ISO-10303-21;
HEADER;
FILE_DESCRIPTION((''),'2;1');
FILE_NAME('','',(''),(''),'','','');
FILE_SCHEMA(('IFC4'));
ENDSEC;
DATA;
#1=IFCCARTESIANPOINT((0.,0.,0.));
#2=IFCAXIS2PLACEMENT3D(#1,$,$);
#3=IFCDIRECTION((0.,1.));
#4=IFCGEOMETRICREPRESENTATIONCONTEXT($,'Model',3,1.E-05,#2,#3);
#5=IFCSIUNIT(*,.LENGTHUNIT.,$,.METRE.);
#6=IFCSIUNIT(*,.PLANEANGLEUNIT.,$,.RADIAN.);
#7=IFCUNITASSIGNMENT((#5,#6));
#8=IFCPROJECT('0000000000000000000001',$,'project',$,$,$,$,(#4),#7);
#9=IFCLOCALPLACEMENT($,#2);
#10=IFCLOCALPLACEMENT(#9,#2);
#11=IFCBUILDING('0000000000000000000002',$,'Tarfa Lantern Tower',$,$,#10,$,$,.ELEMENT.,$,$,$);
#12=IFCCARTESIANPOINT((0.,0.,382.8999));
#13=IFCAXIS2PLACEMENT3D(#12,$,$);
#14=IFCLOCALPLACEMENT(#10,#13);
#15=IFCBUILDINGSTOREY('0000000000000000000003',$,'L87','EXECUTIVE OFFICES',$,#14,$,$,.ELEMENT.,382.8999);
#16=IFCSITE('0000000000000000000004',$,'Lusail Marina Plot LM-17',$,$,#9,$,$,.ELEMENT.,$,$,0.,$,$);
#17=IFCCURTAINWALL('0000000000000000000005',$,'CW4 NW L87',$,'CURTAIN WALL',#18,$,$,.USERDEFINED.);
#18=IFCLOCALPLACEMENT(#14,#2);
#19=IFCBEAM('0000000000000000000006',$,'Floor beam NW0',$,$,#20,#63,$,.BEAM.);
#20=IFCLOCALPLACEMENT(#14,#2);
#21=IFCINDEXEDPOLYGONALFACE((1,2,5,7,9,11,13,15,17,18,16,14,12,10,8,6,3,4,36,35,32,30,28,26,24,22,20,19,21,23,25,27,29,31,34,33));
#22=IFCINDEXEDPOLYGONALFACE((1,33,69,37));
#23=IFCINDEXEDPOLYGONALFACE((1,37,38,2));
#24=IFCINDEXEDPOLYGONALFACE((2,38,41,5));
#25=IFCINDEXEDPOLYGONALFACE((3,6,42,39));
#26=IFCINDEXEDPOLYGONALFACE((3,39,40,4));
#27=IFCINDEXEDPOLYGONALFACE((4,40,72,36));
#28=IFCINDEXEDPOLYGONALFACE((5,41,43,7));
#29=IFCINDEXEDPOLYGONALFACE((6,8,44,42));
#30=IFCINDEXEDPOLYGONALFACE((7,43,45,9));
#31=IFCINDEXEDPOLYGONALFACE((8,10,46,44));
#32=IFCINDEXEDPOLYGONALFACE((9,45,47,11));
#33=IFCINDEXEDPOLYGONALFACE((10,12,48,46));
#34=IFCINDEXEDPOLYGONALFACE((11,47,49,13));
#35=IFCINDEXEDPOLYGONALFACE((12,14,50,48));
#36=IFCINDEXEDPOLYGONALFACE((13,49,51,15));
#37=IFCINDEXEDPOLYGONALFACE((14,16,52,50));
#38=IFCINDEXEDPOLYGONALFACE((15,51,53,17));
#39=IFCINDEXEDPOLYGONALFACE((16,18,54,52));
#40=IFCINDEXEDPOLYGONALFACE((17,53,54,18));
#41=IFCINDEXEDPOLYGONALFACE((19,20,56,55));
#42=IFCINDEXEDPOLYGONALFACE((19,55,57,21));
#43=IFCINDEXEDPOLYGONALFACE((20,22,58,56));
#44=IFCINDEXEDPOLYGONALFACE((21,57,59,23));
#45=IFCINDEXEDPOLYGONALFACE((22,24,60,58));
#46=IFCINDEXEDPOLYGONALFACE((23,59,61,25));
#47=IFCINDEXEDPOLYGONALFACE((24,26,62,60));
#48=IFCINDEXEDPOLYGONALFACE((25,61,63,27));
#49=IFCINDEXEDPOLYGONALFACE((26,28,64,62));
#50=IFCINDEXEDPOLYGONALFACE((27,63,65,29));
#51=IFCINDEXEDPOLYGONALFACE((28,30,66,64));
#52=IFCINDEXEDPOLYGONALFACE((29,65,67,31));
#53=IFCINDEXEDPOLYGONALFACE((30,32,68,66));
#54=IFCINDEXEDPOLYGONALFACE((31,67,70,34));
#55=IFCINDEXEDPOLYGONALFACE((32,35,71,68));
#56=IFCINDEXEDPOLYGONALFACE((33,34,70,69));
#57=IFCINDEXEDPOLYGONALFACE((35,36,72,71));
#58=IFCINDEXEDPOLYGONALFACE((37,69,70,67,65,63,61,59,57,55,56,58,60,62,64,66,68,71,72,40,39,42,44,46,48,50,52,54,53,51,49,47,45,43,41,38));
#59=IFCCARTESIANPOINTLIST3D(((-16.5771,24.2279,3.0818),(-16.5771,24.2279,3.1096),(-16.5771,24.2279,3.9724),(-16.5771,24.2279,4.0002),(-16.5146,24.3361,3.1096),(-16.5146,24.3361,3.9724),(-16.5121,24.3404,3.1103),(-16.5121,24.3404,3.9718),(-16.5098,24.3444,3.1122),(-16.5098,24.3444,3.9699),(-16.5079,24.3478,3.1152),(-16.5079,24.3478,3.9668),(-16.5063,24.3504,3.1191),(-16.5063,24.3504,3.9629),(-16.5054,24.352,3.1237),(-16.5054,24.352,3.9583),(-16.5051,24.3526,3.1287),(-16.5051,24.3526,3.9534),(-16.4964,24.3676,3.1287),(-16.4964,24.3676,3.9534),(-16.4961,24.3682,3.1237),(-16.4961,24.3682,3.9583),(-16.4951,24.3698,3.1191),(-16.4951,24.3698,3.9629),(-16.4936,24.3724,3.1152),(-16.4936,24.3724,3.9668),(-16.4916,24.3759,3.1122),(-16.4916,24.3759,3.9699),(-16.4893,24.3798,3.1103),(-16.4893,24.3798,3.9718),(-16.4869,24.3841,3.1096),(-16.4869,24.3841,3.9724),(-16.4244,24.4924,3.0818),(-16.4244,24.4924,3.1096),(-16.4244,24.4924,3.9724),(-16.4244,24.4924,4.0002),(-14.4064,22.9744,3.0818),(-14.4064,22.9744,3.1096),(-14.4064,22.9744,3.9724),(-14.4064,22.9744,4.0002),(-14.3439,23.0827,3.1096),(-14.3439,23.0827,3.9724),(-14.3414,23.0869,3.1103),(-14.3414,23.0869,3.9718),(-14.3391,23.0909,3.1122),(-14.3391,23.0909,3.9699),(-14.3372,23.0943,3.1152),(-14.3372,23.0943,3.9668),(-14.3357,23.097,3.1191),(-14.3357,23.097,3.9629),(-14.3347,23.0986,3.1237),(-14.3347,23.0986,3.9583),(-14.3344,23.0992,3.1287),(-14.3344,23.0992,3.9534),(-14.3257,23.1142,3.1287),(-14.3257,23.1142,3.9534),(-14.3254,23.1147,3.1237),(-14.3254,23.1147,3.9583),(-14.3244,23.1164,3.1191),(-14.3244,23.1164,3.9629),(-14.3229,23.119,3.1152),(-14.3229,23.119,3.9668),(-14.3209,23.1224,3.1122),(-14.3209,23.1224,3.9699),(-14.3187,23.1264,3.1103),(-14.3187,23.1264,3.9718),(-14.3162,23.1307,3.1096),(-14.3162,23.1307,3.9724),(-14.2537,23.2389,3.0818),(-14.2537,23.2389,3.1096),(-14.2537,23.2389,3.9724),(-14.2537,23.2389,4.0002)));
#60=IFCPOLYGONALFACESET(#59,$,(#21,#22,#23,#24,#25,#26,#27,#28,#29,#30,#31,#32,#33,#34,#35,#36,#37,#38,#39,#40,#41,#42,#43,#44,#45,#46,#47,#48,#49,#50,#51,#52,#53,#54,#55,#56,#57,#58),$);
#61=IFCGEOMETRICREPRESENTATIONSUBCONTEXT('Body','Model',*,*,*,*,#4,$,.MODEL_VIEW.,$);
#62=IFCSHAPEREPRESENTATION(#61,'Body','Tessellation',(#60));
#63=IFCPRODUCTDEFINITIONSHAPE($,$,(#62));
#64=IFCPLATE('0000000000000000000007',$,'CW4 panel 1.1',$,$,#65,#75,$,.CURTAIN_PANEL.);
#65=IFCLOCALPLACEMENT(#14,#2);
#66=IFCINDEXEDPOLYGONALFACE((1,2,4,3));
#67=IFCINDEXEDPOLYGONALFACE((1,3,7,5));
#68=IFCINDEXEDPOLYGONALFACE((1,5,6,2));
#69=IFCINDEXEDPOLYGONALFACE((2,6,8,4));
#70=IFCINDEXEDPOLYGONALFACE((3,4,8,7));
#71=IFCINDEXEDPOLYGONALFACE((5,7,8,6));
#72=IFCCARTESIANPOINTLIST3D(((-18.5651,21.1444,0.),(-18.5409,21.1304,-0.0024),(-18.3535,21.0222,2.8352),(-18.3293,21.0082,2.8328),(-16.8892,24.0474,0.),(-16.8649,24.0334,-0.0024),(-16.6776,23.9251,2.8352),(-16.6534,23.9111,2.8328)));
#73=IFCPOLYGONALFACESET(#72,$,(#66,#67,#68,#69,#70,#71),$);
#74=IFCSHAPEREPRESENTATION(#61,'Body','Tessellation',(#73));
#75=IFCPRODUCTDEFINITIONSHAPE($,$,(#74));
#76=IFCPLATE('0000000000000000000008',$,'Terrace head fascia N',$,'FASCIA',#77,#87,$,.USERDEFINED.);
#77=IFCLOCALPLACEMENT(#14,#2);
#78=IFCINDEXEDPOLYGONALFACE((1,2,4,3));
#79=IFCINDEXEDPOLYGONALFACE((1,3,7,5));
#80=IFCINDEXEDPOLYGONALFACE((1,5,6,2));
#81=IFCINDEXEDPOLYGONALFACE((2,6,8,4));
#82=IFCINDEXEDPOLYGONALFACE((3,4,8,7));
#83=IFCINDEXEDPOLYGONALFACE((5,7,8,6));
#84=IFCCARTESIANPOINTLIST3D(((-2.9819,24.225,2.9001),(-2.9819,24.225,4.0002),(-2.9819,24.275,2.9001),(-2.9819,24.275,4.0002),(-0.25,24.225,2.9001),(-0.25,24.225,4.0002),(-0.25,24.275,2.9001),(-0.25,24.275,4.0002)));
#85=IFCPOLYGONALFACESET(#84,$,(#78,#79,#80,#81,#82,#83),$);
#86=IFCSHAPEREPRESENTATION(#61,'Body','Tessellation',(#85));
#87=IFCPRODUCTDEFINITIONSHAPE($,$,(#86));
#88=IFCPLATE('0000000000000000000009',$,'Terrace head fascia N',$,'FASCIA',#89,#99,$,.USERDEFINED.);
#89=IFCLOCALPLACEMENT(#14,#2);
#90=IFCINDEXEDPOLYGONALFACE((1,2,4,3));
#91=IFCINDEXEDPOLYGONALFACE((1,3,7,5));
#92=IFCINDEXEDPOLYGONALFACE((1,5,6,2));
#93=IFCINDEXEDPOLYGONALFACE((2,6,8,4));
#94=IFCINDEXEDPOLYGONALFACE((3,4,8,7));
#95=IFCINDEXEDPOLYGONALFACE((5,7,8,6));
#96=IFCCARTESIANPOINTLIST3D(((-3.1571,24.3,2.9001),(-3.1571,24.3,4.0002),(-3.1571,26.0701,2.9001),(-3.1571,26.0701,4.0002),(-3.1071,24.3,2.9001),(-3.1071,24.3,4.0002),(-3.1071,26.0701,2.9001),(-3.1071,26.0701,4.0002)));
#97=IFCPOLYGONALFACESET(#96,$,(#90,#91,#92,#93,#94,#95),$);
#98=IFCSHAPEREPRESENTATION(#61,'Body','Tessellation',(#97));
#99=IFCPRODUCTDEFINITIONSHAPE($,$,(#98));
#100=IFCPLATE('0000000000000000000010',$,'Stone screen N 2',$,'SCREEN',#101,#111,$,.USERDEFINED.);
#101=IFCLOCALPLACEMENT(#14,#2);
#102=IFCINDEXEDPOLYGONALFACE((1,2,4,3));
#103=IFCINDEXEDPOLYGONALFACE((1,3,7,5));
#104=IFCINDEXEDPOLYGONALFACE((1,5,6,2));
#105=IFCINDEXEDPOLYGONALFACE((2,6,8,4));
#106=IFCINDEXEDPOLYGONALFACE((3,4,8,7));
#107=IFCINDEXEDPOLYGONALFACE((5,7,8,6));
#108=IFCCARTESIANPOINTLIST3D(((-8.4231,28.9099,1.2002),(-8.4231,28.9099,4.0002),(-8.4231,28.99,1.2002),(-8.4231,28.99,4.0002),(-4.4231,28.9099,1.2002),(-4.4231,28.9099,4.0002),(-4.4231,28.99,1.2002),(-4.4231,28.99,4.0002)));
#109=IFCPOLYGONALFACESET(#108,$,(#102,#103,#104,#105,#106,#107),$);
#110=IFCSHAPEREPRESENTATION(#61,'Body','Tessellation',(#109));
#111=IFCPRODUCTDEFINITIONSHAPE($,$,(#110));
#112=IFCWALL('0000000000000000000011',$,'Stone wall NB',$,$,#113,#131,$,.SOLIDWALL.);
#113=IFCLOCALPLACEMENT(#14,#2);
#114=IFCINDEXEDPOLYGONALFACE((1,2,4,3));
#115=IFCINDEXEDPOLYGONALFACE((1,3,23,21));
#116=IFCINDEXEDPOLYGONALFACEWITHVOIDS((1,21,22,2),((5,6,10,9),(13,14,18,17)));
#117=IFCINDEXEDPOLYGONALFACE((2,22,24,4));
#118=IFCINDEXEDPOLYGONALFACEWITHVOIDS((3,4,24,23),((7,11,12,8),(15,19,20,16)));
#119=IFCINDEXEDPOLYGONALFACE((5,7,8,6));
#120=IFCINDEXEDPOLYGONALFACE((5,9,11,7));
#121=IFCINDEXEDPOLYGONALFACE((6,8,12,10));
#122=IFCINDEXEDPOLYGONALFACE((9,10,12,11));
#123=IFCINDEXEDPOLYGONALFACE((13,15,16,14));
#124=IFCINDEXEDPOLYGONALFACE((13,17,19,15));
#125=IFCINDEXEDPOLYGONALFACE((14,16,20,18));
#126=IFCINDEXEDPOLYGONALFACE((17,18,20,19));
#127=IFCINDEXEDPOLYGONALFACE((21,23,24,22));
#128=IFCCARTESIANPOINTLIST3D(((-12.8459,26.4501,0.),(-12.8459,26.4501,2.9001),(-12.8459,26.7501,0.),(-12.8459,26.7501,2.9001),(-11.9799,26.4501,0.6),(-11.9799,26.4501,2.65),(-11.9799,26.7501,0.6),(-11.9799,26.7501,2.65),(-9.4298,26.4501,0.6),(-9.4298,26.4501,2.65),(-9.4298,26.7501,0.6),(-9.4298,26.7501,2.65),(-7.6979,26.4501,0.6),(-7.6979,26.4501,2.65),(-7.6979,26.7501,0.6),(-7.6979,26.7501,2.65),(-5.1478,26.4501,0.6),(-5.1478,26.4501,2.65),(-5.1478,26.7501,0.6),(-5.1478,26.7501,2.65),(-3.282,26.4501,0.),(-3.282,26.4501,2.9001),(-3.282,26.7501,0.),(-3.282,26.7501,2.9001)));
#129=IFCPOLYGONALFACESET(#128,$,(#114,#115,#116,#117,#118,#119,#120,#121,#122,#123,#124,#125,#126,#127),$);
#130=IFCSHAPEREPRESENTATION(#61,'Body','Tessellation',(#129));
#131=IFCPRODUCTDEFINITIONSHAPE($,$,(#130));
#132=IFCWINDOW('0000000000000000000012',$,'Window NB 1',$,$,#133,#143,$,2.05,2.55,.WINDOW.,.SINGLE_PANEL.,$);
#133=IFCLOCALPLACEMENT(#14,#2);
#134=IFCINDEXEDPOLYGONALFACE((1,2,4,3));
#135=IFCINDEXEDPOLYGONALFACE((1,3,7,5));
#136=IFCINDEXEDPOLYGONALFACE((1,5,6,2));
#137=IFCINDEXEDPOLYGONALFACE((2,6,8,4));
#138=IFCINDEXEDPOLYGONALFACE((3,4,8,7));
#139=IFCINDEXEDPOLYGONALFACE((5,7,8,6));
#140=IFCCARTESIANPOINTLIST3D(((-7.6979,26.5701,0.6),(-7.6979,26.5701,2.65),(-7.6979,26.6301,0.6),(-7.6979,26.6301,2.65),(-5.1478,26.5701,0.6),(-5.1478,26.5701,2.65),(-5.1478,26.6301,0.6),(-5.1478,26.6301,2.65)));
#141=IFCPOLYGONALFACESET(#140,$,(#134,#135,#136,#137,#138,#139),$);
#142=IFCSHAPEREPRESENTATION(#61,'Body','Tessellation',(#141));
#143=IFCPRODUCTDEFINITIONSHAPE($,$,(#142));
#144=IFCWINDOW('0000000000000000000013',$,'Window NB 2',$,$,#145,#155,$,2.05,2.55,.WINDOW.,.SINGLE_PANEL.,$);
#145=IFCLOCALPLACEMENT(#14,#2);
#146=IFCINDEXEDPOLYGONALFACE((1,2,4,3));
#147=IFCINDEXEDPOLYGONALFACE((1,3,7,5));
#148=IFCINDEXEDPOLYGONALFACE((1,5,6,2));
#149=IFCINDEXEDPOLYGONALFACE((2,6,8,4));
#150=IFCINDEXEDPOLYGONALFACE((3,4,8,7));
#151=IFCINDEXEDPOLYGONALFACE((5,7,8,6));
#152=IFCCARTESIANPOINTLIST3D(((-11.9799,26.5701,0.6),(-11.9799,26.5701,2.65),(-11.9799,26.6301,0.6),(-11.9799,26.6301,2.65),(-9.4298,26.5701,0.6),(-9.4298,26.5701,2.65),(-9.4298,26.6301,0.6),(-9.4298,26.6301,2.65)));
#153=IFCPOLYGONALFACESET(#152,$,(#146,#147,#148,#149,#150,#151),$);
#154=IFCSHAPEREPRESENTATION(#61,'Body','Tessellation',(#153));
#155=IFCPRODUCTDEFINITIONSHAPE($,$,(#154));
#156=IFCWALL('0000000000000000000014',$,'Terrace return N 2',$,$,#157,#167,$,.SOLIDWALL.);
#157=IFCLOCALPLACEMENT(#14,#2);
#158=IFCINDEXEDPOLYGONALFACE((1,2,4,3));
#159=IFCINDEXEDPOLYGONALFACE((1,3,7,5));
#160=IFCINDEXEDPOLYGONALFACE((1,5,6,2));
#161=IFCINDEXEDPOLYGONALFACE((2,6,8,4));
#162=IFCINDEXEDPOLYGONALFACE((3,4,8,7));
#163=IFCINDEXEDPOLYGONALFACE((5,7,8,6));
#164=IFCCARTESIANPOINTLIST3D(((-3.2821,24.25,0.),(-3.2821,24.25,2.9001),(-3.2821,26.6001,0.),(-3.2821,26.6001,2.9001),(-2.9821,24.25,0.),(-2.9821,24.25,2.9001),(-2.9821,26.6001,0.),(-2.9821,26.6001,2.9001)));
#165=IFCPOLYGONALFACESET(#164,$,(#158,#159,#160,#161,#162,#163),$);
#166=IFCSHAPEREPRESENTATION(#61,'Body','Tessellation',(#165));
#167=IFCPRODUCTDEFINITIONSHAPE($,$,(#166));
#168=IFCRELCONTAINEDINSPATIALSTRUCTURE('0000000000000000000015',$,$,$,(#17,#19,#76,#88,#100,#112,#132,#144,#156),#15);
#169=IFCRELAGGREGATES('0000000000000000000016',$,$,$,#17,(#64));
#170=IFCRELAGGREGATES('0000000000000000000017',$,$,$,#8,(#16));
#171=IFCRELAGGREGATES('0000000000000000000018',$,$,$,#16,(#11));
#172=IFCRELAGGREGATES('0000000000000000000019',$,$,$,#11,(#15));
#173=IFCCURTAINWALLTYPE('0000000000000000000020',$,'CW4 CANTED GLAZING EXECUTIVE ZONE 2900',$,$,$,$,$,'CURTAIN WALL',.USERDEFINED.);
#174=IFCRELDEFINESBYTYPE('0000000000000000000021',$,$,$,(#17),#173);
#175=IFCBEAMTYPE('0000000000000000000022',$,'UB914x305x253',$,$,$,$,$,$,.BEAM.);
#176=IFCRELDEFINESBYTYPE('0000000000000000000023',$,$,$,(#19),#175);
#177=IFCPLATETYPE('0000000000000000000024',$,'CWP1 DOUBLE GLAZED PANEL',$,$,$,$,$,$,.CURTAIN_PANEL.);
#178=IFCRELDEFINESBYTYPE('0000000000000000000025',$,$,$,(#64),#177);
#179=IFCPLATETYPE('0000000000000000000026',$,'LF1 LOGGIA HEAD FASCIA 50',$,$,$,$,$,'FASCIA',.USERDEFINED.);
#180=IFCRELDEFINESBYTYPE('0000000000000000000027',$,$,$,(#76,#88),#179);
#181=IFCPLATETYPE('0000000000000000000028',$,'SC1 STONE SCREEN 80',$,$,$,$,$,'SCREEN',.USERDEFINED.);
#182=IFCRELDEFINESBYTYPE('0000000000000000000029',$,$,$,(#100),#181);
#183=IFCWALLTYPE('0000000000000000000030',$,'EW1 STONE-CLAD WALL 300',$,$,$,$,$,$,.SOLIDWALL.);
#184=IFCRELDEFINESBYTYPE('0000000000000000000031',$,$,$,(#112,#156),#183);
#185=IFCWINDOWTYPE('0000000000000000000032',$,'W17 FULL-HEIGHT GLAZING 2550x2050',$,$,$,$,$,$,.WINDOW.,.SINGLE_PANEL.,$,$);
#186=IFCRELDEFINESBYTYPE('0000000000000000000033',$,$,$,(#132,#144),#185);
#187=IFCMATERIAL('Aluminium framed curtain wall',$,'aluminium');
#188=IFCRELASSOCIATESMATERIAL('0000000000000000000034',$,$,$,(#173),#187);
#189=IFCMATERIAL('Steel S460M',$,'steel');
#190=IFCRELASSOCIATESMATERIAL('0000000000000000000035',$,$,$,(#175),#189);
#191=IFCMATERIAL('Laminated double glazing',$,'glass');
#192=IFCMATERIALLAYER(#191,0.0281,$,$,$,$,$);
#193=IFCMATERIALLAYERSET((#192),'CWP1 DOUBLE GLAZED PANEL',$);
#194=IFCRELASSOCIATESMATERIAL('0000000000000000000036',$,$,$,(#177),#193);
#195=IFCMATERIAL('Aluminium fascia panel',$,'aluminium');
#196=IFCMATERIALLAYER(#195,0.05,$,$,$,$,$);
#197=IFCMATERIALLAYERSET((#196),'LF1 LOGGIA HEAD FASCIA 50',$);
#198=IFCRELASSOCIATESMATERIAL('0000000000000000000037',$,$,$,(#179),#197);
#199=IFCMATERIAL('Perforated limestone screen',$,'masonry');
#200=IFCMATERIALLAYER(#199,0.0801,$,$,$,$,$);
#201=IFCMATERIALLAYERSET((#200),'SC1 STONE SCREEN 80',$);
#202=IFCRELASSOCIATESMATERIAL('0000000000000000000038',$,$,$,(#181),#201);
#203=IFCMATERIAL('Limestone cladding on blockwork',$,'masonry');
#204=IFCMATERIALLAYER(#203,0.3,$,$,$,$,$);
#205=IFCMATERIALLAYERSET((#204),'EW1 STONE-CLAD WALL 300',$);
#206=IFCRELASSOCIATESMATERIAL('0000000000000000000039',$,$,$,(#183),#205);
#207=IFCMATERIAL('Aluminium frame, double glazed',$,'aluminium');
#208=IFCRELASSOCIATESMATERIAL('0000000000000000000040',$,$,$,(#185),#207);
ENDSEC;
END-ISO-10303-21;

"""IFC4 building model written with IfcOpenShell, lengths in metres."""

from ifc_helpers import new_model, si_unit, direction, frame, frame_2d, origin, origin_2d, place, context, subcontext, project, spatial, polyline, rectangle, i_section, outline, extrude, material, layer, layer_set, material_profile, profile_set, type_object, element, fill, aggregate, save


model = new_model("IFC4")

# Units and contexts
model_context = context("Model", 3, precision=1e-05, world=origin(), true_north=direction((0.0, 1.0)))
body_context = subcontext(model_context, "Body", "Model", "MODEL_VIEW")
ifc_project = project(units=[si_unit("LENGTHUNIT", "METRE"), si_unit("PLANEANGLEUNIT", "RADIAN")], contexts=[model_context])

# Site, building, storey
site_placement = place(None, origin())
site = spatial("IfcSite", under=ifc_project, at=site_placement, Name="Lusail Marina Plot LM-17", CompositionType="ELEMENT", RefElevation=0.0)
building_placement = place(site_placement, origin())
building = spatial("IfcBuilding", under=site, at=building_placement, Name="Tarfa Lantern Tower", CompositionType="ELEMENT")
storey_placement = place(building_placement, frame((0.0, 0.0, 382.8999)))
storey = spatial("IfcBuildingStorey", under=building, at=storey_placement, Name="L87", Description="EXECUTIVE OFFICES", CompositionType="ELEMENT", Elevation=382.8999)

# Curtain wall
ifc_material_1 = material(Name="Aluminium framed curtain wall", Category="aluminium")
curtain_wall_type = type_object("IfcCurtainWallType", Name="CW4 CANTED GLAZING EXECUTIVE ZONE 2900", ElementType="CURTAIN WALL", PredefinedType="USERDEFINED", material=ifc_material_1)
curtain_wall_placement = place(storey_placement, origin())
curtain_wall = element("IfcCurtainWall", 1, at=curtain_wall_placement, inside=storey, type_object=curtain_wall_type, Name="CW4 NW L87", ObjectType="CURTAIN WALL", PredefinedType="USERDEFINED")

# Beam
ifc_material_2 = material(Name="Steel S460M", Category="steel")
ifc_material_profile_1 = material_profile(ifc_material_2, i_section(OverallWidth=0.3054, OverallDepth=0.9185, WebThickness=0.0173, FlangeThickness=0.0278, FilletRadius=0.019, at=origin_2d()), Name="UB914x305x253")
ifc_profile_set_1 = profile_set([ifc_material_profile_1], Name="Steel S460M")
beam_type_1 = type_object("IfcBeamType", Name="UB914x305x253", PredefinedType="BEAM", material=ifc_profile_set_1)
beam_1_placement = place(storey_placement, frame((-16.5007, 24.3601, 3.541), z_axis=(0.865993, -0.500057, 0.0), x_axis=(0.500057, 0.865993, 0.0)))
element("IfcBeam", 2, at=beam_1_placement, inside=storey, type_object=beam_type_1, Name="Floor beam NW0", PredefinedType="BEAM", context=body_context, shape_type="SweptSolid", body=[
    extrude(i_section(OverallWidth=0.3054, OverallDepth=0.9185, WebThickness=0.0173, FlangeThickness=0.0278, FilletRadius=0.019, at=origin_2d()), origin(), (0.0, 0.0, 1.0), 2.5066),
])

# Plate
ifc_material_3 = material(Name="Laminated double glazing", Category="glass")
ifc_layer_1 = layer(ifc_material_3, 0.0281)
ifc_layer_set_1 = layer_set([ifc_layer_1], Name="CWP1 DOUBLE GLAZED PANEL")
plate_type_1 = type_object("IfcPlateType", Name="CWP1 DOUBLE GLAZED PANEL", PredefinedType="CURTAIN_PANEL", material=ifc_layer_set_1)
plate_1_placement = place(storey_placement, frame((-16.8892, 24.0474, 0.0), z_axis=(-0.862843, 0.498128, 0.085849), x_axis=(-0.499973, -0.866041, 0.000004)))
plate_1 = element("IfcPlate", 3, at=plate_1_placement, type_object=plate_type_1, Name="CW4 panel 1.1", PredefinedType="CURTAIN_PANEL", context=body_context, shape_type="SweptSolid", body=[
    extrude(outline(polyline([(0.0, 0.0), (3.352, 0.0), (3.3521, 2.8457), (0.0001, 2.8457), (0.0, 0.0)])), origin(), (0.0, 0.0, -1.0), 0.0281),
])
aggregate(curtain_wall, [plate_1])

# Plates
ifc_material_4 = material(Name="Aluminium fascia panel", Category="aluminium")
ifc_layer_2 = layer(ifc_material_4, 0.05)
ifc_layer_set_2 = layer_set([ifc_layer_2], Name="LF1 LOGGIA HEAD FASCIA 50")
plate_type_2 = type_object("IfcPlateType", Name="LF1 LOGGIA HEAD FASCIA 50", ElementType="FASCIA", PredefinedType="USERDEFINED", material=ifc_layer_set_2)
plate_2_placement = place(storey_placement, frame((-1.616, 24.25, 2.9001), z_axis=(0.0, 0.0, 1.0), x_axis=(-1.0, 0.0, 0.0)))
element("IfcPlate", 4, at=plate_2_placement, inside=storey, type_object=plate_type_2, Name="Terrace head fascia N", ObjectType="FASCIA", PredefinedType="USERDEFINED", context=body_context, shape_type="SweptSolid", body=[
    extrude(rectangle(XDim=2.7319, YDim=0.05, at=origin_2d()), origin(), (0.0, 0.0, 1.0), 1.1001),
])
plate_3_placement = place(storey_placement, frame((-3.1321, 25.1851, 2.9001), z_axis=(0.0, 0.0, 1.0), x_axis=(0.0, -1.0, 0.0)))
element("IfcPlate", 5, at=plate_3_placement, inside=storey, type_object=plate_type_2, Name="Terrace head fascia N", ObjectType="FASCIA", PredefinedType="USERDEFINED", context=body_context, shape_type="SweptSolid", body=[
    extrude(rectangle(XDim=1.77, YDim=0.05, at=origin_2d()), origin(), (0.0, 0.0, 1.0), 1.1001),
])
ifc_material_5 = material(Name="Perforated limestone screen", Category="masonry")
ifc_layer_3 = layer(ifc_material_5, 0.0801)
ifc_layer_set_3 = layer_set([ifc_layer_3], Name="SC1 STONE SCREEN 80")
plate_type_3 = type_object("IfcPlateType", Name="SC1 STONE SCREEN 80", ElementType="SCREEN", PredefinedType="USERDEFINED", material=ifc_layer_set_3)
plate_4_placement = place(storey_placement, frame((-6.4231, 28.95, 1.2002), z_axis=(0.0, 0.0, 1.0), x_axis=(-1.0, 0.0, 0.0)))
element("IfcPlate", 6, at=plate_4_placement, inside=storey, type_object=plate_type_3, Name="Stone screen N 2", ObjectType="SCREEN", PredefinedType="USERDEFINED", context=body_context, shape_type="SweptSolid", body=[
    extrude(rectangle(XDim=4.0, YDim=0.0801, at=origin_2d()), origin(), (0.0, 0.0, 1.0), 2.8),
])

# Wall, openings, windows
ifc_material_6 = material(Name="Limestone cladding on blockwork", Category="masonry")
ifc_layer_4 = layer(ifc_material_6, 0.3)
ifc_layer_set_4 = layer_set([ifc_layer_4], Name="EW1 STONE-CLAD WALL 300")
wall_type = type_object("IfcWallType", Name="EW1 STONE-CLAD WALL 300", PredefinedType="SOLIDWALL", material=ifc_layer_set_4)
wall_1_placement = place(storey_placement, frame((-3.282, 26.6001, 0.0), z_axis=(0.0, 0.0, 1.0), x_axis=(-1.0, 0.0, 0.0)))
wall_1 = element("IfcWall", 7, at=wall_1_placement, inside=storey, type_object=wall_type, Name="Stone wall NB", PredefinedType="SOLIDWALL", context=body_context, shape_type="SweptSolid", body=[
    extrude(rectangle(XDim=9.564, YDim=0.3, at=frame_2d((4.782, 0.0))), origin(), (0.0, 0.0, 1.0), 2.9001),
])
opening_1_placement = place(wall_1_placement, frame((1.866, 0.0, 0.6001)))
opening_1 = element("IfcOpeningElement", 8, at=opening_1_placement, cuts=wall_1, PredefinedType="OPENING", context=body_context, shape_type="SweptSolid", body=[
    extrude(rectangle(XDim=2.55, YDim=2.05, at=frame_2d((1.2749, 1.0249))), frame((0.0, 0.1599, 0.0), z_axis=(0.0, -1.0, 0.0), x_axis=(1.0, 0.0, 0.0)), (0.0, 0.0, 1.0), 0.3201),
])
opening_2_placement = place(wall_1_placement, frame((6.1479, 0.0, 0.6001)))
opening_2 = element("IfcOpeningElement", 9, at=opening_2_placement, cuts=wall_1, PredefinedType="OPENING", context=body_context, shape_type="SweptSolid", body=[
    extrude(rectangle(XDim=2.55, YDim=2.05, at=frame_2d((1.2749, 1.0249))), frame((0.0, 0.1599, 0.0), z_axis=(0.0, -1.0, 0.0), x_axis=(1.0, 0.0, 0.0)), (0.0, 0.0, 1.0), 0.3201),
])
ifc_material_7 = material(Name="Aluminium frame, double glazed", Category="aluminium")
window_type = type_object("IfcWindowType", Name="W17 FULL-HEIGHT GLAZING 2550x2050", PartitioningType="SINGLE_PANEL", PredefinedType="WINDOW", material=ifc_material_7)
window_1_placement = place(opening_1_placement, origin())
window_1 = element("IfcWindow", 10, at=window_1_placement, inside=storey, type_object=window_type, Name="Window NB 1", OverallHeight=2.05, OverallWidth=2.55, PartitioningType="SINGLE_PANEL", PredefinedType="WINDOW", context=body_context, shape_type="SweptSolid", body=[
    extrude(rectangle(XDim=2.55, YDim=2.05, at=frame_2d((1.2749, 1.0249))), frame((0.0, 0.03, 0.0), z_axis=(0.0, -1.0, 0.0), x_axis=(1.0, 0.0, 0.0)), (0.0, 0.0, 1.0), 0.0601),
])
fill(opening_1, window_1)
window_2_placement = place(opening_2_placement, origin())
window_2 = element("IfcWindow", 11, at=window_2_placement, inside=storey, type_object=window_type, Name="Window NB 2", OverallHeight=2.05, OverallWidth=2.55, PartitioningType="SINGLE_PANEL", PredefinedType="WINDOW", context=body_context, shape_type="SweptSolid", body=[
    extrude(rectangle(XDim=2.55, YDim=2.05, at=frame_2d((1.2749, 1.0249))), frame((0.0, 0.03, 0.0), z_axis=(0.0, -1.0, 0.0), x_axis=(1.0, 0.0, 0.0)), (0.0, 0.0, 1.0), 0.0601),
])
fill(opening_2, window_2)

# Wall
wall_2_placement = place(storey_placement, frame((-3.1321, 26.6001, 0.0), z_axis=(0.0, 0.0, 1.0), x_axis=(0.0, -1.0, 0.0)))
element("IfcWall", 12, at=wall_2_placement, inside=storey, type_object=wall_type, Name="Terrace return N 2", PredefinedType="SOLIDWALL", context=body_context, shape_type="SweptSolid", body=[
    extrude(rectangle(XDim=2.3501, YDim=0.3, at=frame_2d((1.175, 0.0))), origin(), (0.0, 0.0, 1.0), 2.9001),
])

save(model, "model.ifc")
